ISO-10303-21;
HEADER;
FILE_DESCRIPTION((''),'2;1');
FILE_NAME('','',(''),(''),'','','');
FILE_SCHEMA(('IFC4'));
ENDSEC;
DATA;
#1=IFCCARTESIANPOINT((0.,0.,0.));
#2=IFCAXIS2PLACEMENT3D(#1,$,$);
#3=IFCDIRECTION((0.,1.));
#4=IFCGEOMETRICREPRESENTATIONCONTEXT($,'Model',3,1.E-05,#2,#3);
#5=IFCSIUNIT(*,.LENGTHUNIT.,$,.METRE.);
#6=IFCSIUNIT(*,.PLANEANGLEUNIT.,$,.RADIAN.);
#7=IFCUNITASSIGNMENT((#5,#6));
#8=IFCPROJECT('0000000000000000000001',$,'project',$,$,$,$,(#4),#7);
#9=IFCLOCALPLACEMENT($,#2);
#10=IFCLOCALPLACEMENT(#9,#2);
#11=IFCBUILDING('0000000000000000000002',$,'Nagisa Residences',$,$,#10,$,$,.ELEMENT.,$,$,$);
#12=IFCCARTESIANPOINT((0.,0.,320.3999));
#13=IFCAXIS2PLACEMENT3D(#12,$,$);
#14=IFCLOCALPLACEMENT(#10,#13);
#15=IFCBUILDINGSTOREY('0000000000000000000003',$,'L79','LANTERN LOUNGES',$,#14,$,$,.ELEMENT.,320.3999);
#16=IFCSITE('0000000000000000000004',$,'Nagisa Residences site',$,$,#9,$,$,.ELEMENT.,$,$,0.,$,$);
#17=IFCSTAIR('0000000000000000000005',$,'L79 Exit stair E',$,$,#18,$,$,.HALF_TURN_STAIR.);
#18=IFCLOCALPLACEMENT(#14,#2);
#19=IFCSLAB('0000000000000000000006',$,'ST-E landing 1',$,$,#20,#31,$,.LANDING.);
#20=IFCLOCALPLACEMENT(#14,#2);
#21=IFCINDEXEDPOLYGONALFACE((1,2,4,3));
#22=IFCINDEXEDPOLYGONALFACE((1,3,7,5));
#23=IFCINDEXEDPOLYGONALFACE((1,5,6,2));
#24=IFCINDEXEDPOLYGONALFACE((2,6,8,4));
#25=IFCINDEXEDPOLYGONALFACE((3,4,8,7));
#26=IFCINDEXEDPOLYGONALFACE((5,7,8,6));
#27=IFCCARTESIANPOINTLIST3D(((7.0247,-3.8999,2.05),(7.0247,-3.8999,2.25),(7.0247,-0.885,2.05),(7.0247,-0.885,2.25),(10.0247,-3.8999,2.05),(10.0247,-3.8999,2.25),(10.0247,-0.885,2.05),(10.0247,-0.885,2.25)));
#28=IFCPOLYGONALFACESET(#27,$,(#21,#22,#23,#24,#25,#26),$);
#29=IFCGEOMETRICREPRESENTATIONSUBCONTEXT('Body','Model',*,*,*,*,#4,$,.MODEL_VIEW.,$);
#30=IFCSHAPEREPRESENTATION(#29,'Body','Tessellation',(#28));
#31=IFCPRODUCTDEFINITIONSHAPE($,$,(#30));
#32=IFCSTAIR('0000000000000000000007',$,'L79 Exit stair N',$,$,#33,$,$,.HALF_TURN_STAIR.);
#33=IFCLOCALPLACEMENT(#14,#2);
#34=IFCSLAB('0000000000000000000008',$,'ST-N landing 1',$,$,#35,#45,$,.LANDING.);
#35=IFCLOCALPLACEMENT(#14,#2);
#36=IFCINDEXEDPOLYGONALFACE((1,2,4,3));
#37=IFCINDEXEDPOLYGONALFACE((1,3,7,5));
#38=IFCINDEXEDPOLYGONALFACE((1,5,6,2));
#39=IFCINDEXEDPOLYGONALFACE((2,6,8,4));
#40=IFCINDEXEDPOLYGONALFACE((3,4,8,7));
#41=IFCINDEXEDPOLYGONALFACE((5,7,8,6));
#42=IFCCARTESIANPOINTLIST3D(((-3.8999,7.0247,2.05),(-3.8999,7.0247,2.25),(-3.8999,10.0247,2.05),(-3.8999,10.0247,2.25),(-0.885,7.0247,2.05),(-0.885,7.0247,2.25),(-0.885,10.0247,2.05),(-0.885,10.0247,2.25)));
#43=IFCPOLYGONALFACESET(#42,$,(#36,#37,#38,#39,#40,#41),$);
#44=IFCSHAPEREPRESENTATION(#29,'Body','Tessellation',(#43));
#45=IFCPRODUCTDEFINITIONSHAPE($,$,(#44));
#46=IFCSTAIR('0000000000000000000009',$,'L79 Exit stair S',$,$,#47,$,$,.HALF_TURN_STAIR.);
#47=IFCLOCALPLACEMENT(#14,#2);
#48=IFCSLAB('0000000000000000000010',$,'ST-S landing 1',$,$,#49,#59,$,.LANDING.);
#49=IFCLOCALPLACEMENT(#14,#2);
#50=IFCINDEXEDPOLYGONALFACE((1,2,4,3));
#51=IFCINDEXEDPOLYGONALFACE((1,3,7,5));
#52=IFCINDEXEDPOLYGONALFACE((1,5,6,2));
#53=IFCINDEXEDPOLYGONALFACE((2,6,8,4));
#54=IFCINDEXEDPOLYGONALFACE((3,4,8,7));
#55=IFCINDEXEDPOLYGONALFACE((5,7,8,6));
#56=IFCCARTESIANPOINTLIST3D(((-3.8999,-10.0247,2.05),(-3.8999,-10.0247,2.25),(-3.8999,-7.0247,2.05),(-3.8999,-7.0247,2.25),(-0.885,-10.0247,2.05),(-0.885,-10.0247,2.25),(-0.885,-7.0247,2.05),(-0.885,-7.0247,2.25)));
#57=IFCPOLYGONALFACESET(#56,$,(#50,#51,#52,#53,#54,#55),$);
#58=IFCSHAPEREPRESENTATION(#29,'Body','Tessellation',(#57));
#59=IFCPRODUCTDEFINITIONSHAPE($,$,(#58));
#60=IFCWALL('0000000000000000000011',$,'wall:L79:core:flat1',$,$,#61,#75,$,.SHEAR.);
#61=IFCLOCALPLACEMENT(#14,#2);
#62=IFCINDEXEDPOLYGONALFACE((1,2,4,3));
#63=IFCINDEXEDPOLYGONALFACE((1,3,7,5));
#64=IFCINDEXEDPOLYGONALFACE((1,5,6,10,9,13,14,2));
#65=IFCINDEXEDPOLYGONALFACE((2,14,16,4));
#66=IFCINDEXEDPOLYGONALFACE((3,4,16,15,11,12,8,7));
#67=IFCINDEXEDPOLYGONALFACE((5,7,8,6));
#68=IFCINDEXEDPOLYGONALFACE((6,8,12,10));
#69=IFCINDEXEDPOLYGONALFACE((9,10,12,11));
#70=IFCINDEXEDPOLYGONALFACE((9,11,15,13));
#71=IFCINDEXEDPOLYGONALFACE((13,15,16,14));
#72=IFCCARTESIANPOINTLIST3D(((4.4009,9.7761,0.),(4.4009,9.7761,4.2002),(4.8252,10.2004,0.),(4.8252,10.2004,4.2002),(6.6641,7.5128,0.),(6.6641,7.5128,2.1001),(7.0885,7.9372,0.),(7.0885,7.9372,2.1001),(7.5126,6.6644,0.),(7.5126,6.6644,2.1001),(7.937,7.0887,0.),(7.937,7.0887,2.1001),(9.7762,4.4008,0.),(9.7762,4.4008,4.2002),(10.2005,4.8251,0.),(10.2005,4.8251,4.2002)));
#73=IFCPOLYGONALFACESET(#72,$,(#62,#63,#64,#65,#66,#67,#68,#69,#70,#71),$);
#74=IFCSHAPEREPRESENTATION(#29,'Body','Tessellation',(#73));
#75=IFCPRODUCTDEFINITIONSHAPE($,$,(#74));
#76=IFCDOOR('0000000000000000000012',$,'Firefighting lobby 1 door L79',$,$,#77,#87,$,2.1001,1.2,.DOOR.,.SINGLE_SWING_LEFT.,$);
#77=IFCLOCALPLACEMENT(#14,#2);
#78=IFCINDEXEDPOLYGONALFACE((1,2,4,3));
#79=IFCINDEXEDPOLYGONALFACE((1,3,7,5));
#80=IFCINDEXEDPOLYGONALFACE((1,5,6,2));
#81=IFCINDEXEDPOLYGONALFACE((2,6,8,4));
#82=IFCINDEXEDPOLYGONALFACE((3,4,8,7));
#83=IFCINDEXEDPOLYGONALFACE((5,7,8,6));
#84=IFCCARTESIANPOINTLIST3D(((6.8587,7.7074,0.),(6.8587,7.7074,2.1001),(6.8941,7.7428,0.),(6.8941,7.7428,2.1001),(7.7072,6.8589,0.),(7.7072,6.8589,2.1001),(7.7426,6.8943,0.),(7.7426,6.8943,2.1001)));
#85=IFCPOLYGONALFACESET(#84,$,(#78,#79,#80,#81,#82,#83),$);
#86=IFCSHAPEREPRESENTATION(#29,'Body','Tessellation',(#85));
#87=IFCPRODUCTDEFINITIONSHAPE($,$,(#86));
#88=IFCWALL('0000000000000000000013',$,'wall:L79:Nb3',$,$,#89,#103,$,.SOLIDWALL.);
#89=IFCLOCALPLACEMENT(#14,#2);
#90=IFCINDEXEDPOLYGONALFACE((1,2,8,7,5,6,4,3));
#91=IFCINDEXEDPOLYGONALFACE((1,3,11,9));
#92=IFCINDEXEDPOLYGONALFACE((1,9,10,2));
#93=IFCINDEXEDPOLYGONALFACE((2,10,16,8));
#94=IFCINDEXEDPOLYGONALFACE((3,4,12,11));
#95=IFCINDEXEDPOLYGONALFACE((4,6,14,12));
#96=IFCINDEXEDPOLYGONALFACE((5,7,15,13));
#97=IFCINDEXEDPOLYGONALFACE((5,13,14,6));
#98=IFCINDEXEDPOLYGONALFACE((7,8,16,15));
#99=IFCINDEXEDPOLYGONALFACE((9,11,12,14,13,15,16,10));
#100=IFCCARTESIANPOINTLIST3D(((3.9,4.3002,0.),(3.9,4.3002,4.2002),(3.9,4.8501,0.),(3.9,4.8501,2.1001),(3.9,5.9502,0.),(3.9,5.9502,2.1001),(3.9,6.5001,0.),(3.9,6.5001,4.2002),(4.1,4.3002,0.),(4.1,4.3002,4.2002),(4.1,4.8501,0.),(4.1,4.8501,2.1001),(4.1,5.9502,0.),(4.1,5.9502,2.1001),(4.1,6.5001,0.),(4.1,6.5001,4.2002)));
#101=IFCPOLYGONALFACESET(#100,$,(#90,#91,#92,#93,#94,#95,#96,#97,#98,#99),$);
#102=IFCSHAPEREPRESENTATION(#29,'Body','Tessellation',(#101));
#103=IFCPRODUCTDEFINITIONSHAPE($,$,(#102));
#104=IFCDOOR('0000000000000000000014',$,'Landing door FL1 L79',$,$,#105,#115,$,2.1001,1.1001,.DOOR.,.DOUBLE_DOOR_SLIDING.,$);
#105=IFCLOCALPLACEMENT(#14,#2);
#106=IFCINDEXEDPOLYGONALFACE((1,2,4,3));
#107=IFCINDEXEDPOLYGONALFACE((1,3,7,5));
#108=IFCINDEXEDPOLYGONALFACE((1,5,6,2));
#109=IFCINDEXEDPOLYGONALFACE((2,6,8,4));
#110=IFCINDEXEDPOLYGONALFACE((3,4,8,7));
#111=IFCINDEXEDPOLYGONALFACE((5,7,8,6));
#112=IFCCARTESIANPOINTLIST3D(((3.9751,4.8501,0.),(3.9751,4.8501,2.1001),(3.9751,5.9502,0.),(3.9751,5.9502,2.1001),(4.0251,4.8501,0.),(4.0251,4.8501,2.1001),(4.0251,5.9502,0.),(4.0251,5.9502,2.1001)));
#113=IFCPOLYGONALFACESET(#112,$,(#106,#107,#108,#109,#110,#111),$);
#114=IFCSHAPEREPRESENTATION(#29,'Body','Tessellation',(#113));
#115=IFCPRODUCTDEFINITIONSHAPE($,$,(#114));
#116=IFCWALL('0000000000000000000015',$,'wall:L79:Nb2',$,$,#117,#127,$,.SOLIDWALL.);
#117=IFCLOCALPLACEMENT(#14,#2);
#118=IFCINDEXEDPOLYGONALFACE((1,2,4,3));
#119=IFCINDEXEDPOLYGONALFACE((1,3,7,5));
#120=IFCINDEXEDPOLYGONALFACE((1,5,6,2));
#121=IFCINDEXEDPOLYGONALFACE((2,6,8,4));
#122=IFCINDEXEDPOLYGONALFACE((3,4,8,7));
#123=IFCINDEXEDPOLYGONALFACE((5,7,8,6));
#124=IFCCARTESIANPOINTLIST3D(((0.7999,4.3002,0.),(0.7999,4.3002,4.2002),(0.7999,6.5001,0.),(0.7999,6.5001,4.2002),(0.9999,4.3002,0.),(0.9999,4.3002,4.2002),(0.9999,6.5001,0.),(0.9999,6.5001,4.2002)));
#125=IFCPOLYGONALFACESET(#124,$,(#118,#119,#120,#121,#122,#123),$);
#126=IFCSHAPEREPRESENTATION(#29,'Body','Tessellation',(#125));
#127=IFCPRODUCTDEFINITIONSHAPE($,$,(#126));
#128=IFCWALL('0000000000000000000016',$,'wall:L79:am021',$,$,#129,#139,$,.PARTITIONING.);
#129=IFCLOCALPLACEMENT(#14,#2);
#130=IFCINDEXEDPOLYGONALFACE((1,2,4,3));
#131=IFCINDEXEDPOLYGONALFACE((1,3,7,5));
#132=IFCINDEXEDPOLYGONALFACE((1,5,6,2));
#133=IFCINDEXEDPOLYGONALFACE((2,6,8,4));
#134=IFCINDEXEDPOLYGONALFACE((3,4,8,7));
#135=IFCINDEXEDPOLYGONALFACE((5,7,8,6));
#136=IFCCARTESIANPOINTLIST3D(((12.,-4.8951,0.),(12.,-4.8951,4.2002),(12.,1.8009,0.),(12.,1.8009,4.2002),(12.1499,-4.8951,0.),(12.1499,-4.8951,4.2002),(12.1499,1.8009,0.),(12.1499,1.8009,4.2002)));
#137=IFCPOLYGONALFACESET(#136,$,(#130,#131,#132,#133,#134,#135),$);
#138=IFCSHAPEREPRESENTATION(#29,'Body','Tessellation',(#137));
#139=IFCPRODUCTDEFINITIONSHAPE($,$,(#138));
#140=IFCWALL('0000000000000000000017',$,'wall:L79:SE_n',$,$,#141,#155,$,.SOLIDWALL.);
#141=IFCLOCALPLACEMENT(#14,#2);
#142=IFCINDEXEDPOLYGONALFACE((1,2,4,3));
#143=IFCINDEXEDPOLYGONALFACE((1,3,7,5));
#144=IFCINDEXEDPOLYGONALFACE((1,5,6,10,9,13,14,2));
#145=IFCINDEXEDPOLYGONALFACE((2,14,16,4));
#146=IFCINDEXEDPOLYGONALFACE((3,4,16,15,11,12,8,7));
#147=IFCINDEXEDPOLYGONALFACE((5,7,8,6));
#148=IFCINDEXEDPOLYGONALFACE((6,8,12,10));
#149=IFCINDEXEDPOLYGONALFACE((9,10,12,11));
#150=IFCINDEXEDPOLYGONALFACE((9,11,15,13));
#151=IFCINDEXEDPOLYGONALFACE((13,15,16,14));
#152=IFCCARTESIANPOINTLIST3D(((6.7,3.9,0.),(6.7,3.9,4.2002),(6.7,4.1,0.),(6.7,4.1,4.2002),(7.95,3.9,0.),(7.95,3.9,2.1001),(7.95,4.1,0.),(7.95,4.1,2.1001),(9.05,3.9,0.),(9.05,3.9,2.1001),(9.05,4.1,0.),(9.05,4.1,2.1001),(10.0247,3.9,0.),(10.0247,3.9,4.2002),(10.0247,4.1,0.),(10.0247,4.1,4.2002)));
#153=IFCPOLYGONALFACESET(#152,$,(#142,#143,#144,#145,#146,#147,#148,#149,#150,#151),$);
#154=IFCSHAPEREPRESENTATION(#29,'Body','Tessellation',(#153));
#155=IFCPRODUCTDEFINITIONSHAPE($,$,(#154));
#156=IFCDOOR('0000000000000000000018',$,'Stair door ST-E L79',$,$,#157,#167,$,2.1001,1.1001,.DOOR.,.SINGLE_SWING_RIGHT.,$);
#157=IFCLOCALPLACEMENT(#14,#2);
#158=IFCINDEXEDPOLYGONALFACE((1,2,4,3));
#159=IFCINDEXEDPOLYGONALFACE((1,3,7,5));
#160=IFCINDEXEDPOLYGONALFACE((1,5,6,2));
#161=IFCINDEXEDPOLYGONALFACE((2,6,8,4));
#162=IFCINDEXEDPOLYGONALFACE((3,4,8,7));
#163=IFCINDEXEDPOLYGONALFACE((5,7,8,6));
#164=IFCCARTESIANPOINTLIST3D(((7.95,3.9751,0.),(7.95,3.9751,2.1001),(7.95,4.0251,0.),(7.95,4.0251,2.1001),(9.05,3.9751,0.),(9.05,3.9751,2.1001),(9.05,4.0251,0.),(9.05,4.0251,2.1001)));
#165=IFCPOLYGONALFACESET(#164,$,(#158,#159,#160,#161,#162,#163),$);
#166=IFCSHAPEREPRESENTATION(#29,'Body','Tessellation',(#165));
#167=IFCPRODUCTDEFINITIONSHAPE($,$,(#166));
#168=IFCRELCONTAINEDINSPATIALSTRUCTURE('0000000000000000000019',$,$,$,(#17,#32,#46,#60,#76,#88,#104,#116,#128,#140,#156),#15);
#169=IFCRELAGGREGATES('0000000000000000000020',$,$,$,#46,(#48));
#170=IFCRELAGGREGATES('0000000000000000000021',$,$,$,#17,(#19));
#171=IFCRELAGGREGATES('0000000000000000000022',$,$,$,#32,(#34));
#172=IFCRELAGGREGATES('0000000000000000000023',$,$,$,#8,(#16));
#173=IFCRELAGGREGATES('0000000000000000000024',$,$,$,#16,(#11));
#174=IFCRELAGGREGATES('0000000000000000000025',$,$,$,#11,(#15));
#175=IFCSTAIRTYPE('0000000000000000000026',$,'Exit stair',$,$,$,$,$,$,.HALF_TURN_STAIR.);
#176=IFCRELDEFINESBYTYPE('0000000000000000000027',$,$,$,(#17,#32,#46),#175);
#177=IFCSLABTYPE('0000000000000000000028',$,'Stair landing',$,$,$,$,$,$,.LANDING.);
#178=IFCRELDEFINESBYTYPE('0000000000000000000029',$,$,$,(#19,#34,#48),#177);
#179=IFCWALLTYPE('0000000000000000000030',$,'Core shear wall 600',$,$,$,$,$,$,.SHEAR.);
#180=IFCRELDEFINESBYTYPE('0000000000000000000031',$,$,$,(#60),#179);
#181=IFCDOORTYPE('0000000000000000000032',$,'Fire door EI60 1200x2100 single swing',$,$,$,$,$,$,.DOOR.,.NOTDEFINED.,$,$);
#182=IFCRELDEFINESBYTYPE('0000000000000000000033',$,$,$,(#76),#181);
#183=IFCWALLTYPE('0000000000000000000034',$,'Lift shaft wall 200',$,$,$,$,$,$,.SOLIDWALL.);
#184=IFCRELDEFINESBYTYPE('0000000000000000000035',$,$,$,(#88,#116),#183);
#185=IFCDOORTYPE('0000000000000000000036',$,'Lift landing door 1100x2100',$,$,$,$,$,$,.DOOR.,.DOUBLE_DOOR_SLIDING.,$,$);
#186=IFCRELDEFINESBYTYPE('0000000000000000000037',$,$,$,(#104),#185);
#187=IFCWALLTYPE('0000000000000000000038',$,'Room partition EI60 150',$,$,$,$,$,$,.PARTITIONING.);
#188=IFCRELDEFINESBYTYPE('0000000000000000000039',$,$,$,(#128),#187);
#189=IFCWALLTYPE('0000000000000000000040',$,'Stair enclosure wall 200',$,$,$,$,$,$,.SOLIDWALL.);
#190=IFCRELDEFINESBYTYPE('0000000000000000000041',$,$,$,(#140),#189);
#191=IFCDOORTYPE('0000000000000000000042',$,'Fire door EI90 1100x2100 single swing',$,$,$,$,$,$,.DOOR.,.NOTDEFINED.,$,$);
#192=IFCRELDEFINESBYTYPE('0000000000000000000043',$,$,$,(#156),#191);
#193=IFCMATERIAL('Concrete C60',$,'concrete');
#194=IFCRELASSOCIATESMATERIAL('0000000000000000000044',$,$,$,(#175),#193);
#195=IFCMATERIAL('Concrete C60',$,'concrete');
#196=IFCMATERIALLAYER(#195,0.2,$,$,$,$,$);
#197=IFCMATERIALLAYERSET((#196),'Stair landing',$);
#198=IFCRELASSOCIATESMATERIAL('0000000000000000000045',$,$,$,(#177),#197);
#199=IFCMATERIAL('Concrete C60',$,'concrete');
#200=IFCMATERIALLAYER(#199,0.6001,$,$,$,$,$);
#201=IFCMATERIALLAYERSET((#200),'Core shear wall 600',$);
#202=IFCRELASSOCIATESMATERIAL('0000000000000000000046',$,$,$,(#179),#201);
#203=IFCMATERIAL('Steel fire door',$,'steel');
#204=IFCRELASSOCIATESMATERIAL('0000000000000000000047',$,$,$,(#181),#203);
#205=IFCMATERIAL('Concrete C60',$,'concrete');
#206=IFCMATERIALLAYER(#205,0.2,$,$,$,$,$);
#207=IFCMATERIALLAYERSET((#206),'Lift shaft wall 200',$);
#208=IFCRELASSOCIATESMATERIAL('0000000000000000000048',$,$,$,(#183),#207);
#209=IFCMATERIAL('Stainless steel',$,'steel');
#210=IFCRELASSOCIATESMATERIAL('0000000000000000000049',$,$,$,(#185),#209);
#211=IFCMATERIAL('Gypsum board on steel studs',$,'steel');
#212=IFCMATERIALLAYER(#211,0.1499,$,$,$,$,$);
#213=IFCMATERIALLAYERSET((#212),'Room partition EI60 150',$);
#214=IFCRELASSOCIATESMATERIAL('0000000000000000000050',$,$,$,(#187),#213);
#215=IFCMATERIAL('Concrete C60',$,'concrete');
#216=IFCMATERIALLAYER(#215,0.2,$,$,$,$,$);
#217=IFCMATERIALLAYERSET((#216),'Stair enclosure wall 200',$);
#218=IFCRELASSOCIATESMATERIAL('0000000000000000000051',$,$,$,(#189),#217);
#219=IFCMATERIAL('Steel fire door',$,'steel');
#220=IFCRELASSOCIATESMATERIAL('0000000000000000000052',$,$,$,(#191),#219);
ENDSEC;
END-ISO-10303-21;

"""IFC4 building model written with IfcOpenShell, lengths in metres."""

from ifc_helpers import new_model, si_unit, direction, frame, frame_2d, origin, place, context, subcontext, project, spatial, polyline, rectangle, outline, extrude, material, layer, layer_set, type_object, element, fill, aggregate, save


model = new_model("IFC4")

# Units and contexts
model_context = context("Model", 3, precision=1e-05, world=origin(), true_north=direction((0.0, 1.0)))
body_context = subcontext(model_context, "Body", "Model", "MODEL_VIEW")
ifc_project = project(units=[si_unit("LENGTHUNIT", "METRE"), si_unit("PLANEANGLEUNIT", "RADIAN")], contexts=[model_context])

# Site, building, storey
site_placement = place(None, origin())
site = spatial("IfcSite", under=ifc_project, at=site_placement, Name="Nagisa Residences site", CompositionType="ELEMENT", RefElevation=0.0)
building_placement = place(site_placement, origin())
building = spatial("IfcBuilding", under=site, at=building_placement, Name="Nagisa Residences", CompositionType="ELEMENT")
storey_placement = place(building_placement, frame((0.0, 0.0, 320.3999)))
storey = spatial("IfcBuildingStorey", under=building, at=storey_placement, Name="L79", Description="LANTERN LOUNGES", CompositionType="ELEMENT", Elevation=320.3999)

# Stairs, slabs
ifc_material_1 = material(Name="Concrete C60", Category="concrete")
stair_type = type_object("IfcStairType", Name="Exit stair", PredefinedType="HALF_TURN_STAIR", material=ifc_material_1)
stair_1_placement = place(storey_placement, origin())
stair_1 = element("IfcStair", 1, at=stair_1_placement, inside=storey, type_object=stair_type, Name="L79 Exit stair E", PredefinedType="HALF_TURN_STAIR")
ifc_material_2 = material(Name="Concrete C60", Category="concrete")
ifc_layer_1 = layer(ifc_material_2, 0.2)
ifc_layer_set_1 = layer_set([ifc_layer_1], Name="Stair landing")
slab_type = type_object("IfcSlabType", Name="Stair landing", PredefinedType="LANDING", material=ifc_layer_set_1)
slab_1_placement = place(storey_placement, frame((0.0, 0.0, 2.05)))
slab_1 = element("IfcSlab", 2, at=slab_1_placement, type_object=slab_type, Name="ST-E landing 1", PredefinedType="LANDING", context=body_context, shape_type="SweptSolid", body=[
    extrude(outline(polyline([(7.0247, -0.885), (7.0247, -3.8999), (10.0247, -3.8999), (10.0247, -0.885), (7.0247, -0.885)])), origin(), (0.0, 0.0, 1.0), 0.2),
])
stair_2_placement = place(storey_placement, origin())
stair_2 = element("IfcStair", 3, at=stair_2_placement, inside=storey, type_object=stair_type, Name="L79 Exit stair N", PredefinedType="HALF_TURN_STAIR")
slab_2_placement = place(storey_placement, frame((0.0, 0.0, 2.05)))
slab_2 = element("IfcSlab", 4, at=slab_2_placement, type_object=slab_type, Name="ST-N landing 1", PredefinedType="LANDING", context=body_context, shape_type="SweptSolid", body=[
    extrude(outline(polyline([(-0.885, 10.0247), (-3.8999, 10.0247), (-3.8999, 7.0247), (-0.885, 7.0247), (-0.885, 10.0247)])), origin(), (0.0, 0.0, 1.0), 0.2),
])
stair_3_placement = place(storey_placement, origin())
stair_3 = element("IfcStair", 5, at=stair_3_placement, inside=storey, type_object=stair_type, Name="L79 Exit stair S", PredefinedType="HALF_TURN_STAIR")
slab_3_placement = place(storey_placement, frame((0.0, 0.0, 2.05)))
slab_3 = element("IfcSlab", 6, at=slab_3_placement, type_object=slab_type, Name="ST-S landing 1", PredefinedType="LANDING", context=body_context, shape_type="SweptSolid", body=[
    extrude(outline(polyline([(-0.885, -7.0247), (-3.8999, -7.0247), (-3.8999, -10.0247), (-0.885, -10.0247), (-0.885, -7.0247)])), origin(), (0.0, 0.0, 1.0), 0.2),
])
aggregate(stair_3, [slab_3])

# Walls, openings, doors
ifc_material_3 = material(Name="Concrete C60", Category="concrete")
ifc_layer_2 = layer(ifc_material_3, 0.6001)
ifc_layer_set_2 = layer_set([ifc_layer_2], Name="Core shear wall 600")
wall_type_1 = type_object("IfcWallType", Name="Core shear wall 600", PredefinedType="SHEAR", material=ifc_layer_set_2)
wall_1_placement = place(storey_placement, frame((9.9883, 4.613, 0.0), z_axis=(0.0, 0.0, 1.0), x_axis=(-0.707107, 0.707107, 0.0)))
wall_1 = element("IfcWall", 7, at=wall_1_placement, inside=storey, type_object=wall_type_1, Name="wall:L79:core:flat1", PredefinedType="SHEAR", context=body_context, shape_type="SweptSolid", body=[
    extrude(rectangle(XDim=7.6018, YDim=0.6001, at=frame_2d((3.8008, 0.0))), origin(), (0.0, 0.0, 1.0), 4.2002),
])
opening_1_placement = place(wall_1_placement, frame((3.2009, 0.0, 0.0)))
opening_1 = element("IfcOpeningElement", 8, at=opening_1_placement, cuts=wall_1, PredefinedType="OPENING", context=body_context, shape_type="SweptSolid", body=[
    extrude(rectangle(XDim=1.2, YDim=2.1001, at=frame_2d((0.6001, 1.05))), frame((0.0, 0.3101, 0.0), z_axis=(0.0, -1.0, 0.0), x_axis=(1.0, 0.0, 0.0)), (0.0, 0.0, 1.0), 0.6201),
])
ifc_material_4 = material(Name="Steel fire door", Category="steel")
door_type_1 = type_object("IfcDoorType", Name="Fire door EI60 1200x2100 single swing", OperationType="NOTDEFINED", PredefinedType="DOOR", material=ifc_material_4)
door_1_placement = place(opening_1_placement, origin())
door_1 = element("IfcDoor", 9, at=door_1_placement, inside=storey, type_object=door_type_1, Name="Firefighting lobby 1 door L79", OperationType="SINGLE_SWING_LEFT", OverallHeight=2.1001, OverallWidth=1.2, PredefinedType="DOOR", context=body_context, shape_type="SweptSolid", body=[
    extrude(rectangle(XDim=1.2, YDim=2.1001, at=frame_2d((0.6001, 1.05))), frame((0.0, 0.0249, 0.0), z_axis=(0.0, -1.0, 0.0), x_axis=(1.0, 0.0, 0.0)), (0.0, 0.0, 1.0), 0.05),
])
fill(opening_1, door_1)
ifc_material_5 = material(Name="Concrete C60", Category="concrete")
ifc_layer_3 = layer(ifc_material_5, 0.2)
ifc_layer_set_3 = layer_set([ifc_layer_3], Name="Lift shaft wall 200")
wall_type_2 = type_object("IfcWallType", Name="Lift shaft wall 200", PredefinedType="SOLIDWALL", material=ifc_layer_set_3)
wall_2_placement = place(storey_placement, frame((4.0, 4.3, 0.0), z_axis=(0.0, 0.0, 1.0), x_axis=(0.0, 1.0, 0.0)))
wall_2 = element("IfcWall", 10, at=wall_2_placement, inside=storey, type_object=wall_type_2, Name="wall:L79:Nb3", PredefinedType="SOLIDWALL", context=body_context, shape_type="SweptSolid", body=[
    extrude(rectangle(XDim=2.2, YDim=0.2, at=frame_2d((1.1001, 0.0))), origin(), (0.0, 0.0, 1.0), 4.2002),
])
opening_2_placement = place(wall_2_placement, frame((0.55, 0.0, 0.0)))
opening_2 = element("IfcOpeningElement", 11, at=opening_2_placement, cuts=wall_2, PredefinedType="OPENING", context=body_context, shape_type="SweptSolid", body=[
    extrude(rectangle(XDim=1.1001, YDim=2.1001, at=frame_2d((0.55, 1.05))), frame((0.0, 0.1099, 0.0), z_axis=(0.0, -1.0, 0.0), x_axis=(1.0, 0.0, 0.0)), (0.0, 0.0, 1.0), 0.22),
])
ifc_material_6 = material(Name="Stainless steel", Category="steel")
door_type_2 = type_object("IfcDoorType", Name="Lift landing door 1100x2100", OperationType="DOUBLE_DOOR_SLIDING", PredefinedType="DOOR", material=ifc_material_6)
door_2_placement = place(opening_2_placement, origin())
door_2 = element("IfcDoor", 12, at=door_2_placement, inside=storey, type_object=door_type_2, Name="Landing door FL1 L79", OperationType="DOUBLE_DOOR_SLIDING", OverallHeight=2.1001, OverallWidth=1.1001, PredefinedType="DOOR", context=body_context, shape_type="SweptSolid", body=[
    extrude(rectangle(XDim=1.1001, YDim=2.1001, at=frame_2d((0.55, 1.05))), frame((0.0, 0.0249, 0.0), z_axis=(0.0, -1.0, 0.0), x_axis=(1.0, 0.0, 0.0)), (0.0, 0.0, 1.0), 0.05),
])
fill(opening_2, door_2)

# Walls
wall_3_placement = place(storey_placement, frame((0.8999, 4.3, 0.0), z_axis=(0.0, 0.0, 1.0), x_axis=(0.0, 1.0, 0.0)))
element("IfcWall", 13, at=wall_3_placement, inside=storey, type_object=wall_type_2, Name="wall:L79:Nb2", PredefinedType="SOLIDWALL", context=body_context, shape_type="SweptSolid", body=[
    extrude(rectangle(XDim=2.2, YDim=0.2, at=frame_2d((1.1001, 0.0))), origin(), (0.0, 0.0, 1.0), 4.2002),
])
ifc_material_7 = material(Name="Gypsum board on steel studs", Category="steel")
ifc_layer_4 = layer(ifc_material_7, 0.1499)
ifc_layer_set_4 = layer_set([ifc_layer_4], Name="Room partition EI60 150")
wall_type_3 = type_object("IfcWallType", Name="Room partition EI60 150", PredefinedType="PARTITIONING", material=ifc_layer_set_4)
wall_4_placement = place(storey_placement, frame((12.075, 1.801, 0.0), z_axis=(0.0, 0.0, 1.0), x_axis=(0.0, -1.0, 0.0)))
element("IfcWall", 14, at=wall_4_placement, inside=storey, type_object=wall_type_3, Name="wall:L79:am021", PredefinedType="PARTITIONING", context=body_context, shape_type="SweptSolid", body=[
    extrude(rectangle(XDim=6.696, YDim=0.1499, at=frame_2d((3.3481, 0.0))), origin(), (0.0, 0.0, 1.0), 4.2002),
])

# Wall, opening, door
ifc_material_8 = material(Name="Concrete C60", Category="concrete")
ifc_layer_5 = layer(ifc_material_8, 0.2)
ifc_layer_set_5 = layer_set([ifc_layer_5], Name="Stair enclosure wall 200")
wall_type_4 = type_object("IfcWallType", Name="Stair enclosure wall 200", PredefinedType="SOLIDWALL", material=ifc_layer_set_5)
wall_5_placement = place(storey_placement, frame((6.7, 4.0, 0.0), z_axis=(0.0, 0.0, 1.0), x_axis=(1.0, 0.0, 0.0)))
wall_5 = element("IfcWall", 15, at=wall_5_placement, inside=storey, type_object=wall_type_4, Name="wall:L79:SE_n", PredefinedType="SOLIDWALL", context=body_context, shape_type="SweptSolid", body=[
    extrude(rectangle(XDim=3.3247, YDim=0.2, at=frame_2d((1.6624, 0.0))), origin(), (0.0, 0.0, 1.0), 4.2002),
])
opening_3_placement = place(wall_5_placement, frame((1.25, 0.0, 0.0)))
opening_3 = element("IfcOpeningElement", 16, at=opening_3_placement, cuts=wall_5, PredefinedType="OPENING", context=body_context, shape_type="SweptSolid", body=[
    extrude(rectangle(XDim=1.1001, YDim=2.1001, at=frame_2d((0.55, 1.05))), frame((0.0, 0.1099, 0.0), z_axis=(0.0, -1.0, 0.0), x_axis=(1.0, 0.0, 0.0)), (0.0, 0.0, 1.0), 0.22),
])
ifc_material_9 = material(Name="Steel fire door", Category="steel")
door_type_3 = type_object("IfcDoorType", Name="Fire door EI90 1100x2100 single swing", OperationType="NOTDEFINED", PredefinedType="DOOR", material=ifc_material_9)
door_3_placement = place(opening_3_placement, frame((1.1001, 0.0, 0.0), x_axis=(-1.0, 0.0, 0.0)))
door_3 = element("IfcDoor", 17, at=door_3_placement, inside=storey, type_object=door_type_3, Name="Stair door ST-E L79", OperationType="SINGLE_SWING_RIGHT", OverallHeight=2.1001, OverallWidth=1.1001, PredefinedType="DOOR", context=body_context, shape_type="SweptSolid", body=[
    extrude(rectangle(XDim=1.1001, YDim=2.1001, at=frame_2d((0.55, 1.05))), frame((0.0, 0.0249, 0.0), z_axis=(0.0, -1.0, 0.0), x_axis=(1.0, 0.0, 0.0)), (0.0, 0.0, 1.0), 0.05),
])
fill(opening_3, door_3)

aggregate(stair_1, [slab_1])
aggregate(stair_2, [slab_2])

save(model, "model.ifc")
